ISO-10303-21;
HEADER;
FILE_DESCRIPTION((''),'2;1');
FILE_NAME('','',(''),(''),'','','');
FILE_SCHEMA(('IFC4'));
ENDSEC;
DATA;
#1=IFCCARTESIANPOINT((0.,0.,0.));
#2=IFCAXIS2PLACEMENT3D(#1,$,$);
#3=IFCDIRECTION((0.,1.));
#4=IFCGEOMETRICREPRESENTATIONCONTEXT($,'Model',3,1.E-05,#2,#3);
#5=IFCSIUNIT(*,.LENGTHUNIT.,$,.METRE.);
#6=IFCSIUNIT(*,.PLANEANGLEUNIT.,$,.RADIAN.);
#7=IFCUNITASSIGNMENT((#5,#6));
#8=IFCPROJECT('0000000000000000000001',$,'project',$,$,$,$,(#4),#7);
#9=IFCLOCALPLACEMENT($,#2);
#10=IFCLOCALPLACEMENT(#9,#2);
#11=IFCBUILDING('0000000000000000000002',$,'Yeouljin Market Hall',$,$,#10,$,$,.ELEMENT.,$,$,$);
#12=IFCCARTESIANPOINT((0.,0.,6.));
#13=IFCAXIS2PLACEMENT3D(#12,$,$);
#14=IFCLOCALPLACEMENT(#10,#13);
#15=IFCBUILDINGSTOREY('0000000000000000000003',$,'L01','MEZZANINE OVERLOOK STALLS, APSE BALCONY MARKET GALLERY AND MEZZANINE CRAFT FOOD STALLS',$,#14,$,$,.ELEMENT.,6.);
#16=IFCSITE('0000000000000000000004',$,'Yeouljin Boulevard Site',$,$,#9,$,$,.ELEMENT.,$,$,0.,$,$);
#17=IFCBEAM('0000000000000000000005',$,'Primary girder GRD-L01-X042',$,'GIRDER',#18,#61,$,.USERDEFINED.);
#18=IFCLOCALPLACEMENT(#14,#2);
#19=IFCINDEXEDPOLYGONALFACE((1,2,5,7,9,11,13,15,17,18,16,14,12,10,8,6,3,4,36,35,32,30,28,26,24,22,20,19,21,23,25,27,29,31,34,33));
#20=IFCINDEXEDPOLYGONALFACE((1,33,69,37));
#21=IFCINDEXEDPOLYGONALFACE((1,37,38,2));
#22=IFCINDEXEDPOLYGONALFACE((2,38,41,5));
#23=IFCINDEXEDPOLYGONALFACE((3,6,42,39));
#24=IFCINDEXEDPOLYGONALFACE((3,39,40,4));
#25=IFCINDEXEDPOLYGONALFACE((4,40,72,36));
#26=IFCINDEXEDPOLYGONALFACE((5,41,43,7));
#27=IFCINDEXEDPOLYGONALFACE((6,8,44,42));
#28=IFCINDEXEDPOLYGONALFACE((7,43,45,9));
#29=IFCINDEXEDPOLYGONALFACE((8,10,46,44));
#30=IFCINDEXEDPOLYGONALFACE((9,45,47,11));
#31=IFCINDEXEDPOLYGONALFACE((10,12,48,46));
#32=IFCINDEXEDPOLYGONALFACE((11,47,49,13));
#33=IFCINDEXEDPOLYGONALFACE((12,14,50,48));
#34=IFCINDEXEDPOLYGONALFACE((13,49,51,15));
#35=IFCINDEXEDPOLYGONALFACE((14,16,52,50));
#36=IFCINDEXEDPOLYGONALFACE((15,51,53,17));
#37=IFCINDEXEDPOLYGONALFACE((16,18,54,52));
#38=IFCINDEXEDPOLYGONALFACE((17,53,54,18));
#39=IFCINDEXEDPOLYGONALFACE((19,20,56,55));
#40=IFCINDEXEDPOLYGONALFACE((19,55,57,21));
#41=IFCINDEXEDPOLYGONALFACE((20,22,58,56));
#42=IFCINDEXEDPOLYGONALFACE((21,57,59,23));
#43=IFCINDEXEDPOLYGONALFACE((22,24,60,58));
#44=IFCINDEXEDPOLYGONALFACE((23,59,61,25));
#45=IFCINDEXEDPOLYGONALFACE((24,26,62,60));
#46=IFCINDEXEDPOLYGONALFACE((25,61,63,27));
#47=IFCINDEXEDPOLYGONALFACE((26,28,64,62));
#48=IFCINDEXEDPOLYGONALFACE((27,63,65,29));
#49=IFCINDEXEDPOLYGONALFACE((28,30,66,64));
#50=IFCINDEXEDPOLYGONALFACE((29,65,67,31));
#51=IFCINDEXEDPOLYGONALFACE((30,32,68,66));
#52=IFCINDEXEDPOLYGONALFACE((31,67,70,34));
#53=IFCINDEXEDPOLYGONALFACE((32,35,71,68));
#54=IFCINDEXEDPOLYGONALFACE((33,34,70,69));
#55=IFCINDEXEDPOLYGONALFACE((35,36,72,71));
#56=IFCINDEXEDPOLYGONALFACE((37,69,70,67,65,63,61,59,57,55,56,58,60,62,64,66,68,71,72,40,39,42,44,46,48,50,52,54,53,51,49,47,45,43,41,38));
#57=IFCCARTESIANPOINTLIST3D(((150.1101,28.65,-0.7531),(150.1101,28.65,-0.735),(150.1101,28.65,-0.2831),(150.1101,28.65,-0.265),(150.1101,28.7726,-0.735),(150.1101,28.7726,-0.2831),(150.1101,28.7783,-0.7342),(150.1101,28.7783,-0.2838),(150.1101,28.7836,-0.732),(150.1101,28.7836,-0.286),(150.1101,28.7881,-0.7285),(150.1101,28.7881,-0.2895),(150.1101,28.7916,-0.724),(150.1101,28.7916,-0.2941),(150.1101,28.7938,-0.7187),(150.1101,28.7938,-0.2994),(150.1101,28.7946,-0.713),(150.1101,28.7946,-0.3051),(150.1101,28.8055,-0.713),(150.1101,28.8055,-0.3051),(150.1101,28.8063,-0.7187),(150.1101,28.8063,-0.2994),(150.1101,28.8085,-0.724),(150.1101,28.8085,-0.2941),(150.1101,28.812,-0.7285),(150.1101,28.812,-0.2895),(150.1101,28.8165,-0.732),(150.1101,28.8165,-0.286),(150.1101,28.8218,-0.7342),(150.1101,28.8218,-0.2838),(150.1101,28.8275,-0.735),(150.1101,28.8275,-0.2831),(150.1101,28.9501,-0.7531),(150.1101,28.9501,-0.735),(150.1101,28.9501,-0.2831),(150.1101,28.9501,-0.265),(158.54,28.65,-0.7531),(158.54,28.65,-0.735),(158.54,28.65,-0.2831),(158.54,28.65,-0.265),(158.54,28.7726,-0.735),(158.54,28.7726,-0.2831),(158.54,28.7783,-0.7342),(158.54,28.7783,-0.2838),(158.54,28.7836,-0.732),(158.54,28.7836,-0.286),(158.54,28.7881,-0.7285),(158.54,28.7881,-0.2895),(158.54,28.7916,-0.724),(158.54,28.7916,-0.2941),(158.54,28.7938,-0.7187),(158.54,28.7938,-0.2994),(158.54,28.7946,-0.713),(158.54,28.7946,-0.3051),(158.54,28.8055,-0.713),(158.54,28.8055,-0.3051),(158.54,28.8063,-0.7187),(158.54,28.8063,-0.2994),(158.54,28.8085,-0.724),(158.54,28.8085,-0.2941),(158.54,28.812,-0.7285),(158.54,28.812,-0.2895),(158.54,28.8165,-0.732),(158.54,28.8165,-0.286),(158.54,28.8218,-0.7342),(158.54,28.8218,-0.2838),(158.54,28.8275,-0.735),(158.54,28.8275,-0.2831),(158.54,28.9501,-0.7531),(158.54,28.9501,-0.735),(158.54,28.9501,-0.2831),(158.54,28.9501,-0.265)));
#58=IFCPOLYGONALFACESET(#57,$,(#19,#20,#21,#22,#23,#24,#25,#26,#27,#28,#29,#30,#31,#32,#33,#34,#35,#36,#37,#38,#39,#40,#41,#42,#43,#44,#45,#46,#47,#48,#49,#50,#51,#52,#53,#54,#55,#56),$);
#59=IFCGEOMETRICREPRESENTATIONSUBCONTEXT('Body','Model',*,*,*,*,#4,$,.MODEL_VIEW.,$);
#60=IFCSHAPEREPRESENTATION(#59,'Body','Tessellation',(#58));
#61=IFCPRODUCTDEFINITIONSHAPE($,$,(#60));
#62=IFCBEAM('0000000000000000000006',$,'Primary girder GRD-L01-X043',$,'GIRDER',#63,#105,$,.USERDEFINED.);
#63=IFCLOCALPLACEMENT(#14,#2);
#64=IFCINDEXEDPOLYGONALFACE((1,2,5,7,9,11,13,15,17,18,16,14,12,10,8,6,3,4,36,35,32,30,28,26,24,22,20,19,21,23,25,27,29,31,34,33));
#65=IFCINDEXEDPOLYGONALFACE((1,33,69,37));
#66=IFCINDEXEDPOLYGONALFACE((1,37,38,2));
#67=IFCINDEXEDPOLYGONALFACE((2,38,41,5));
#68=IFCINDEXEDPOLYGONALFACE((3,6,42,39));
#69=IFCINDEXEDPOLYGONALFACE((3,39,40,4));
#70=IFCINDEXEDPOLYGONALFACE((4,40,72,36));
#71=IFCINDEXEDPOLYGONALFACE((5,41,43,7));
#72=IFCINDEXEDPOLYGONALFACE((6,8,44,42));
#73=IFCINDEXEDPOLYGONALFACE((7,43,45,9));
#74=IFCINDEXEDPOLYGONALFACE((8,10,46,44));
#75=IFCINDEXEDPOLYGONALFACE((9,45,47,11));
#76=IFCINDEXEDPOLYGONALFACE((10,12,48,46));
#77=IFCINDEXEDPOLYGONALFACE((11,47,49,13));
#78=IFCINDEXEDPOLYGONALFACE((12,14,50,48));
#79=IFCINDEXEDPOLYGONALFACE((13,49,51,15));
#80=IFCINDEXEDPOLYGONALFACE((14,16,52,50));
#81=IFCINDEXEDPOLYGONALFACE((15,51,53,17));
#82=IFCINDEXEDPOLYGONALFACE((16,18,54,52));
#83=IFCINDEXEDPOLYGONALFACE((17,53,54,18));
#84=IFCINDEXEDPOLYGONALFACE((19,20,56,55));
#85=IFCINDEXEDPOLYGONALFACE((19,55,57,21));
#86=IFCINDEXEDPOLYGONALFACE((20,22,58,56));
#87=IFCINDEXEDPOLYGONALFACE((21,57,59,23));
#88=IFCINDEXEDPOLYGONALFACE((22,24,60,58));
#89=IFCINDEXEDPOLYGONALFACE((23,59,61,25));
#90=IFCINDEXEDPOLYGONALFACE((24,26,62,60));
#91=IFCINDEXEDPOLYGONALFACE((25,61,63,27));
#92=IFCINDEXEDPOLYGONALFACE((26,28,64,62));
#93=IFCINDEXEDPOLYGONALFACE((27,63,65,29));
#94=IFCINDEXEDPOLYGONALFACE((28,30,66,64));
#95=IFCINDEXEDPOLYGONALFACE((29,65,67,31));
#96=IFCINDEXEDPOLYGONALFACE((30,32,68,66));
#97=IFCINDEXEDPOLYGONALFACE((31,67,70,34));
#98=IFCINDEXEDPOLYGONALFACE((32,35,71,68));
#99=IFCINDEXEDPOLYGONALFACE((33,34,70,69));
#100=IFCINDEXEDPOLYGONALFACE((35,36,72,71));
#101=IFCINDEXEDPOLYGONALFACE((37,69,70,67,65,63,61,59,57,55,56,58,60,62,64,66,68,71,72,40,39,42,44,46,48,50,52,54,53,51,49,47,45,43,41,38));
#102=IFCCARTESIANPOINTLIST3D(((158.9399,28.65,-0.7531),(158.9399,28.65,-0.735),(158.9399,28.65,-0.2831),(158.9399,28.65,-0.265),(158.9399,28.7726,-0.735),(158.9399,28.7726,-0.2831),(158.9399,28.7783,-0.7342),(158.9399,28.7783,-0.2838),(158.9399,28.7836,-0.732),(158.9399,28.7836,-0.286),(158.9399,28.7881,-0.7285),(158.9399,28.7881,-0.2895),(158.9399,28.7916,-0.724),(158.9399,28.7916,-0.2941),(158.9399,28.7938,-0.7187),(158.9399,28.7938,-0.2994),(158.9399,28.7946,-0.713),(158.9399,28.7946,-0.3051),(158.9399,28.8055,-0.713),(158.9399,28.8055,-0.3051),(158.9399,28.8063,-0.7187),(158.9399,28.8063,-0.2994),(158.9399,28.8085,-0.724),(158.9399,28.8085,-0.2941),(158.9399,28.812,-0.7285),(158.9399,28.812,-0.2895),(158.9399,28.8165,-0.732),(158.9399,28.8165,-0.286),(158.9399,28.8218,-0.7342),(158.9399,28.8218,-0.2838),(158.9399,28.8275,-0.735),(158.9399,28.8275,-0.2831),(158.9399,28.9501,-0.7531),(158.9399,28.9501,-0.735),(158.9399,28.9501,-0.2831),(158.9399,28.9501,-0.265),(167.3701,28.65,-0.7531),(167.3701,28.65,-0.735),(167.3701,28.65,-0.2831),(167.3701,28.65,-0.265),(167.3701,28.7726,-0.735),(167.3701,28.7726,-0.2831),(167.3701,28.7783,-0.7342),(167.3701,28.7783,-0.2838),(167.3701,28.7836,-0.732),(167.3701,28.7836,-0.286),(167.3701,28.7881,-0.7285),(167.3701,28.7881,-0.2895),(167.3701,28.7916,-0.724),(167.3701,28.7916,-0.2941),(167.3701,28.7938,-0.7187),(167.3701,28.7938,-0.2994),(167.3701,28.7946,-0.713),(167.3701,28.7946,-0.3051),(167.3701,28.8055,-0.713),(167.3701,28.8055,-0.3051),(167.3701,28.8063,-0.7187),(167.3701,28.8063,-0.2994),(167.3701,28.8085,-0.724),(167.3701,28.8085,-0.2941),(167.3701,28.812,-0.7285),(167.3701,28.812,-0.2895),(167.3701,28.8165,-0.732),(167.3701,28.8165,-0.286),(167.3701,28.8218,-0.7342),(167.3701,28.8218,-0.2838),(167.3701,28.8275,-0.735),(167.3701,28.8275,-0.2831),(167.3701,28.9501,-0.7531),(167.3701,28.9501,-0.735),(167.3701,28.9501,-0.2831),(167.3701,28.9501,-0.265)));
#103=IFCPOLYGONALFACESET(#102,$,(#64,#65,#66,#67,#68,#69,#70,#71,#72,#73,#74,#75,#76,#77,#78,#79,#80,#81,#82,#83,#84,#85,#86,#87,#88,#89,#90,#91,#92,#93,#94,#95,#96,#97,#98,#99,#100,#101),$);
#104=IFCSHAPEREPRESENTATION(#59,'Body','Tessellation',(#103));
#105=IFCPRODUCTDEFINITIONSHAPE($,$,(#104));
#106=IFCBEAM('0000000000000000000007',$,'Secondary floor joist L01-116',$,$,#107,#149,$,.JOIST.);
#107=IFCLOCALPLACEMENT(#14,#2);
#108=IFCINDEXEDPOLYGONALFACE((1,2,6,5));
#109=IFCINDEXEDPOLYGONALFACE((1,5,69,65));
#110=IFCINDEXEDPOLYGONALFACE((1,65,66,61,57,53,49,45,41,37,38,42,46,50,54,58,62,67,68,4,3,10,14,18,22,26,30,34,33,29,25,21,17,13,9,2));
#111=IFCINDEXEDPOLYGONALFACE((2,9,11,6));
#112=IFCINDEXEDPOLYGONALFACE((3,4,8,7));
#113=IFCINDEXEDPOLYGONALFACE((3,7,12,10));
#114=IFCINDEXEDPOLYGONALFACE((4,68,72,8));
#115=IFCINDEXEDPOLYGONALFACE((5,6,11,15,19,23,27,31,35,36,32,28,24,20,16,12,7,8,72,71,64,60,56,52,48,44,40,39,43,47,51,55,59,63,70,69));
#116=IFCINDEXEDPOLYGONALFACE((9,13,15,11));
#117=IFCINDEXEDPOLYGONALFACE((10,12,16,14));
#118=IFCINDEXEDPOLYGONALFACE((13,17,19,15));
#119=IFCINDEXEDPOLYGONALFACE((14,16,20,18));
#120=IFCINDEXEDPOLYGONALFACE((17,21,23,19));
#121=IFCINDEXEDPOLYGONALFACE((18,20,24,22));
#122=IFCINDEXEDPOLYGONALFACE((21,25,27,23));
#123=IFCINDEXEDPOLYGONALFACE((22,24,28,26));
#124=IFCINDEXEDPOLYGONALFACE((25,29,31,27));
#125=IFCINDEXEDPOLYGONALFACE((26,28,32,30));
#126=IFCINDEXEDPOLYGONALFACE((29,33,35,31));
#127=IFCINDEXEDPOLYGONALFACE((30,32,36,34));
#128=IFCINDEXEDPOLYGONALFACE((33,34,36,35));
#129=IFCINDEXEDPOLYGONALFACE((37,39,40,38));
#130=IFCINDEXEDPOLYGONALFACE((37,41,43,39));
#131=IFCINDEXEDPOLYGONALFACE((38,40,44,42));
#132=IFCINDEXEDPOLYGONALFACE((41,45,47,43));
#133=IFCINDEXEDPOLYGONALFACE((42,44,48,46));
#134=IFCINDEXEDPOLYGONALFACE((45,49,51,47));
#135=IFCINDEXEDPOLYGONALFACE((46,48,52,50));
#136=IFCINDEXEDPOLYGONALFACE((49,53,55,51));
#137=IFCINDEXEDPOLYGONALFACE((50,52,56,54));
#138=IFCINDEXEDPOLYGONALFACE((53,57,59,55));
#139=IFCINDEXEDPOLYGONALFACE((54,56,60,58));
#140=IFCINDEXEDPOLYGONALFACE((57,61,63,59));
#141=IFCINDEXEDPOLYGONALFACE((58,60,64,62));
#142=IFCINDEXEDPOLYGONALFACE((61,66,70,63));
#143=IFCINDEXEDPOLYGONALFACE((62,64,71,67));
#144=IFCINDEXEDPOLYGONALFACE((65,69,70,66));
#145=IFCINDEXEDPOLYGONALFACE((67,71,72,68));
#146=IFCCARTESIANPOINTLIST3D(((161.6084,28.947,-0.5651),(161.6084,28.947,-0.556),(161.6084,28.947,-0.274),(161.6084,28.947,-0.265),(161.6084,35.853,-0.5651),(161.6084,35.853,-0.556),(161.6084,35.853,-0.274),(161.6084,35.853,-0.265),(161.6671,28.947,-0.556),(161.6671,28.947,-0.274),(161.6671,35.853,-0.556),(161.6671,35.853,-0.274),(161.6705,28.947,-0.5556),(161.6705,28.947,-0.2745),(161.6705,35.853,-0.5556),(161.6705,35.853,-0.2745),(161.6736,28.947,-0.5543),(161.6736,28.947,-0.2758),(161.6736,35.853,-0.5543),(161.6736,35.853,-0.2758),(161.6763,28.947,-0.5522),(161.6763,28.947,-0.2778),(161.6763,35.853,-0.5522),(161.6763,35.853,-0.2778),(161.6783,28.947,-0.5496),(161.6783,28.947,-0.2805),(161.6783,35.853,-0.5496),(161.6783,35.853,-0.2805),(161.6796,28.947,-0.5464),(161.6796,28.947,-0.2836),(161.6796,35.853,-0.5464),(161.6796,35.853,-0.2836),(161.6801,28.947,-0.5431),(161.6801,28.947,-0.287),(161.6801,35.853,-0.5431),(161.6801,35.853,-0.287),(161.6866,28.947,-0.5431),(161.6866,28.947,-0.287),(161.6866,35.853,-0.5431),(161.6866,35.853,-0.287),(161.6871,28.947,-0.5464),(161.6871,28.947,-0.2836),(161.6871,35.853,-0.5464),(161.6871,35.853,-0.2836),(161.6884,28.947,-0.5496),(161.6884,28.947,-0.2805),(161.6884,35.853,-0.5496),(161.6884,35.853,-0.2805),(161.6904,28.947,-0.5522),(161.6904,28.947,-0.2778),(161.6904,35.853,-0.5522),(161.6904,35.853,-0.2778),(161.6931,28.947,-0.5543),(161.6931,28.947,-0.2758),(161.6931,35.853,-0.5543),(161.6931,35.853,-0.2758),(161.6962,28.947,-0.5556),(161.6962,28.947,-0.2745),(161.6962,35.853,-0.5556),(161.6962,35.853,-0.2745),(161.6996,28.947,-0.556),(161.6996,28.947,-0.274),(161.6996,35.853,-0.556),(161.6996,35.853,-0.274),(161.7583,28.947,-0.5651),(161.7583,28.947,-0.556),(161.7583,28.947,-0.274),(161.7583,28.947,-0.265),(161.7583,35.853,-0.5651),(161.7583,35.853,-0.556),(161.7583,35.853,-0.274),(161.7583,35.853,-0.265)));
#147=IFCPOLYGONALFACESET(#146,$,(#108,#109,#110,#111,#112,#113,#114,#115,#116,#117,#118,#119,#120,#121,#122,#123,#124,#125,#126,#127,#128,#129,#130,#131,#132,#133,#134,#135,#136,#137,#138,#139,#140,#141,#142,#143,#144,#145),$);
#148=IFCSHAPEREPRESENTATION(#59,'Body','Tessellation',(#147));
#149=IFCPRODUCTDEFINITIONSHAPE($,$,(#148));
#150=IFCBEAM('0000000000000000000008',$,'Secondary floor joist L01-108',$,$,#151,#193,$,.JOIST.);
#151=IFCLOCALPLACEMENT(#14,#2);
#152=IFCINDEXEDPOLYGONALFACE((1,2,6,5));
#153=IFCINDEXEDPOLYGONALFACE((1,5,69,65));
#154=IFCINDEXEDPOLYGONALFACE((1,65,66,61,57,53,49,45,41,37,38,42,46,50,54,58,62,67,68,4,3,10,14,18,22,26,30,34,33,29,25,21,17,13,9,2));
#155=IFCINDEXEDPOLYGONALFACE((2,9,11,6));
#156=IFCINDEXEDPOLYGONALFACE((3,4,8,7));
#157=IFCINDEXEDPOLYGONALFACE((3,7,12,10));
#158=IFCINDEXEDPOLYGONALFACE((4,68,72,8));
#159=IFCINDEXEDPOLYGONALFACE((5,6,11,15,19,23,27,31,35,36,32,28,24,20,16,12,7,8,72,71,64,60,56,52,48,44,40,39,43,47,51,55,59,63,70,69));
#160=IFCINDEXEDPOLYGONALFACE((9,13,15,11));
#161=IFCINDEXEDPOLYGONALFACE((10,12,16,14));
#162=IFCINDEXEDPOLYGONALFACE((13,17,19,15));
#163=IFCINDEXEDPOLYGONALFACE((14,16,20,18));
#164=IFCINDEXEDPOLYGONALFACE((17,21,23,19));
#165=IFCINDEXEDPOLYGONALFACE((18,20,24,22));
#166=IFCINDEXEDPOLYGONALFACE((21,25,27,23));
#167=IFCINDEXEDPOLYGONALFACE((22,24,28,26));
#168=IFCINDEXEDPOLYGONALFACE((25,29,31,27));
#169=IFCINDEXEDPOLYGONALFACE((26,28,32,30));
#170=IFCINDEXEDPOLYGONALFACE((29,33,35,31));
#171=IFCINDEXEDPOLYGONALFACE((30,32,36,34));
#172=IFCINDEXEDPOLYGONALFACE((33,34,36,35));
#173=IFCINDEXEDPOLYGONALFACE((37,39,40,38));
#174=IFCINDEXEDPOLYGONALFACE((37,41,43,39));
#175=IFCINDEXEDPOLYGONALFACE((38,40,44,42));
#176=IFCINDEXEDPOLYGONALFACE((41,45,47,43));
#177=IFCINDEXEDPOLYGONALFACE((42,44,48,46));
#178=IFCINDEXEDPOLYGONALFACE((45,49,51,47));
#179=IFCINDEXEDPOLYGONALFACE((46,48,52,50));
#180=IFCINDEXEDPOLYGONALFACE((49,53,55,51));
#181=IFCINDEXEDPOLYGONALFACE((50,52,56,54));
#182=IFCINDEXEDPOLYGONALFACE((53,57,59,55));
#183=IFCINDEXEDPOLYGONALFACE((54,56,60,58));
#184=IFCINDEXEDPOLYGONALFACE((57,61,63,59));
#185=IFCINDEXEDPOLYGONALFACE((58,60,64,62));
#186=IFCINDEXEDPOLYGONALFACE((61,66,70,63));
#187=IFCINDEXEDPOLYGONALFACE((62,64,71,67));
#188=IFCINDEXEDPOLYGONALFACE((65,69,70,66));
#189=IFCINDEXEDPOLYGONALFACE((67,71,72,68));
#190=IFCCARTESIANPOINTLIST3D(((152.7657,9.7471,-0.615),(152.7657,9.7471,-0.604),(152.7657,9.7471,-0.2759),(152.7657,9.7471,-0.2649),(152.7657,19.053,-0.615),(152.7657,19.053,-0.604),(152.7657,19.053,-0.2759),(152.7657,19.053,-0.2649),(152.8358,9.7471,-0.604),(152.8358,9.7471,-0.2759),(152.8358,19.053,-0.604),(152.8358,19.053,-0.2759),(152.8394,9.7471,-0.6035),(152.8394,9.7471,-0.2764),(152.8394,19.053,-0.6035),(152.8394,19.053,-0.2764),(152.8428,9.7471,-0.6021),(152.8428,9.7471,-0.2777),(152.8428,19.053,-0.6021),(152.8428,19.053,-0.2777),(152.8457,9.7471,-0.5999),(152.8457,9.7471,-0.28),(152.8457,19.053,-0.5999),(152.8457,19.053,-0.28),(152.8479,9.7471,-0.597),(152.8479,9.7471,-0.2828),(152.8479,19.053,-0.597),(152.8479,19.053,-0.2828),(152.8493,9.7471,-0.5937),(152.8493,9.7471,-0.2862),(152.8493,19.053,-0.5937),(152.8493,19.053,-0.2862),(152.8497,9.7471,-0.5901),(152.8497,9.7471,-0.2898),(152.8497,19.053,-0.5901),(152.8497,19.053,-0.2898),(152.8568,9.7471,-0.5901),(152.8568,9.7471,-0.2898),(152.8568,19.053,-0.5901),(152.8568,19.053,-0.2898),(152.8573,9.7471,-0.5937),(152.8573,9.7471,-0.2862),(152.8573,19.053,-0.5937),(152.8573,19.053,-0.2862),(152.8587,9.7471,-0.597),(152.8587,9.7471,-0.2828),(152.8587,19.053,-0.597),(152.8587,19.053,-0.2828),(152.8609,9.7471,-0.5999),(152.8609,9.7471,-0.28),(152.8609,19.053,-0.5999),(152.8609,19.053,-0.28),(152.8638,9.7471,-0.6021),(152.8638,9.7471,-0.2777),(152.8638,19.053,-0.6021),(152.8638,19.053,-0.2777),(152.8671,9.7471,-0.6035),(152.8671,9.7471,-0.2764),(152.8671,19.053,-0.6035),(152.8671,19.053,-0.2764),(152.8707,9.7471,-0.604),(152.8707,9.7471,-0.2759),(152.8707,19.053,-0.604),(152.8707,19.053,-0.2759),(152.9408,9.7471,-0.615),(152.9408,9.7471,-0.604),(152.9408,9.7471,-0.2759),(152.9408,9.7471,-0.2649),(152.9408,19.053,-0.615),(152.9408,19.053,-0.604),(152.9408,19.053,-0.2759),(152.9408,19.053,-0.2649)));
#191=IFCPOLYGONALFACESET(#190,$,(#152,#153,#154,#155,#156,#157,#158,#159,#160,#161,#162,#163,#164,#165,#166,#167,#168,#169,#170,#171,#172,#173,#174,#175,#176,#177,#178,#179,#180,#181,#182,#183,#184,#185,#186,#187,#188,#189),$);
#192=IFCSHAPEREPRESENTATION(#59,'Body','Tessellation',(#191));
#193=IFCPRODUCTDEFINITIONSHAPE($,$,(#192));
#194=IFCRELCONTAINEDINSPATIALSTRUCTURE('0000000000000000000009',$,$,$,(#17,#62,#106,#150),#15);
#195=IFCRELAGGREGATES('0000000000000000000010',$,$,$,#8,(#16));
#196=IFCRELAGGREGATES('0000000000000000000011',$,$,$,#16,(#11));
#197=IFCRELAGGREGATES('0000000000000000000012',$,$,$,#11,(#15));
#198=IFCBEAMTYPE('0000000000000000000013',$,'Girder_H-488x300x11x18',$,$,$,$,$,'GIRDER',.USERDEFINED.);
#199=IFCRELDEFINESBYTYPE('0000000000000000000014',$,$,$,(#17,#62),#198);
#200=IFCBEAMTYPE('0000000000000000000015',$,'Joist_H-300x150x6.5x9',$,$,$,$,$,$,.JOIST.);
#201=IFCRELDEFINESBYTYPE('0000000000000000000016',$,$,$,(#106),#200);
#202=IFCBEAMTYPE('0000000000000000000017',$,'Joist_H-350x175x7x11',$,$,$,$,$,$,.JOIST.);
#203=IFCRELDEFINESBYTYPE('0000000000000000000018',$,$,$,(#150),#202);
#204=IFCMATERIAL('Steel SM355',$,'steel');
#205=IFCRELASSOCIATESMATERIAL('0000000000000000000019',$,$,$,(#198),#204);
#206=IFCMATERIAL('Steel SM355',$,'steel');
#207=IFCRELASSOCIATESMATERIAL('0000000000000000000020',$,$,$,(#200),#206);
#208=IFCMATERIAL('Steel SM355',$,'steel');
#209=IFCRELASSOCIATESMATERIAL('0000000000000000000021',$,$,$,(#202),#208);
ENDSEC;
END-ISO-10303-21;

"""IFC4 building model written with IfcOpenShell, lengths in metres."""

from ifc_helpers import new_model, si_unit, direction, frame, origin, origin_2d, place, context, subcontext, project, spatial, i_section, extrude, material, material_profile, profile_set, type_object, element, save


model = new_model("IFC4")

# Units and contexts
model_context = context("Model", 3, precision=1e-05, world=origin(), true_north=direction((0.0, 1.0)))
body_context = subcontext(model_context, "Body", "Model", "MODEL_VIEW")
ifc_project = project(units=[si_unit("LENGTHUNIT", "METRE"), si_unit("PLANEANGLEUNIT", "RADIAN")], contexts=[model_context])

# Site, building, storey
site_placement = place(None, origin())
site = spatial("IfcSite", under=ifc_project, at=site_placement, Name="Yeouljin Boulevard Site", CompositionType="ELEMENT", RefElevation=0.0)
building_placement = place(site_placement, origin())
building = spatial("IfcBuilding", under=site, at=building_placement, Name="Yeouljin Market Hall", CompositionType="ELEMENT")
storey_placement = place(building_placement, frame((0.0, 0.0, 6.0)))
storey = spatial("IfcBuildingStorey", under=building, at=storey_placement, Name="L01", Description="MEZZANINE OVERLOOK STALLS, APSE BALCONY MARKET GALLERY AND MEZZANINE CRAFT FOOD STALLS", CompositionType="ELEMENT", Elevation=6.0)

# Beams
ifc_material_1 = material(Name="Steel SM355", Category="steel")
ifc_material_profile_1 = material_profile(ifc_material_1, i_section(OverallWidth=0.3, OverallDepth=0.488, WebThickness=0.011, FlangeThickness=0.0181, FilletRadius=0.022, at=origin_2d()), Name="H-488x300x11x18")
ifc_profile_set_1 = profile_set([ifc_material_profile_1], Name="Steel SM355")
beam_type_1 = type_object("IfcBeamType", Name="Girder_H-488x300x11x18", ElementType="GIRDER", PredefinedType="USERDEFINED", material=ifc_profile_set_1)
beam_1_placement = place(storey_placement, frame((150.1101, 28.8, -0.509), z_axis=(1.0, 0.0, 0.0), x_axis=(0.0, 1.0, 0.0)))
element("IfcBeam", 1, at=beam_1_placement, inside=storey, type_object=beam_type_1, Name="Primary girder GRD-L01-X042", ObjectType="GIRDER", PredefinedType="USERDEFINED", context=body_context, shape_type="SweptSolid", body=[
    extrude(i_section(OverallWidth=0.3, OverallDepth=0.488, WebThickness=0.011, FlangeThickness=0.0181, FilletRadius=0.022, at=origin_2d()), origin(), (0.0, 0.0, 1.0), 8.4299),
])
beam_2_placement = place(storey_placement, frame((158.9399, 28.8, -0.509), z_axis=(1.0, 0.0, 0.0), x_axis=(0.0, 1.0, 0.0)))
element("IfcBeam", 2, at=beam_2_placement, inside=storey, type_object=beam_type_1, Name="Primary girder GRD-L01-X043", ObjectType="GIRDER", PredefinedType="USERDEFINED", context=body_context, shape_type="SweptSolid", body=[
    extrude(i_section(OverallWidth=0.3, OverallDepth=0.488, WebThickness=0.011, FlangeThickness=0.0181, FilletRadius=0.022, at=origin_2d()), origin(), (0.0, 0.0, 1.0), 8.4302),
])
ifc_material_2 = material(Name="Steel SM355", Category="steel")
ifc_material_profile_2 = material_profile(ifc_material_2, i_section(OverallWidth=0.1499, OverallDepth=0.3, WebThickness=0.0066, FlangeThickness=0.009, FilletRadius=0.0129, at=origin_2d()), Name="H-300x150x6.5x9")
ifc_profile_set_2 = profile_set([ifc_material_profile_2], Name="Steel SM355")
beam_type_2 = type_object("IfcBeamType", Name="Joist_H-300x150x6.5x9", PredefinedType="JOIST", material=ifc_profile_set_2)
beam_3_placement = place(storey_placement, frame((161.6833, 28.947, -0.415), z_axis=(0.0, 1.0, 0.0), x_axis=(-1.0, 0.0, 0.0)))
element("IfcBeam", 3, at=beam_3_placement, inside=storey, type_object=beam_type_2, Name="Secondary floor joist L01-116", PredefinedType="JOIST", context=body_context, shape_type="SweptSolid", body=[
    extrude(i_section(OverallWidth=0.1499, OverallDepth=0.3, WebThickness=0.0066, FlangeThickness=0.009, FilletRadius=0.0129, at=origin_2d()), origin(), (0.0, 0.0, 1.0), 6.906),
])
ifc_material_3 = material(Name="Steel SM355", Category="steel")
ifc_material_profile_3 = material_profile(ifc_material_3, i_section(OverallWidth=0.175, OverallDepth=0.3501, WebThickness=0.0071, FlangeThickness=0.011, FilletRadius=0.0139, at=origin_2d()), Name="H-350x175x7x11")
ifc_profile_set_3 = profile_set([ifc_material_profile_3], Name="Steel SM355")
beam_type_3 = type_object("IfcBeamType", Name="Joist_H-350x175x7x11", PredefinedType="JOIST", material=ifc_profile_set_3)
for number, where, z_axis, x_axis, name in (
    (4, (152.8533, 9.7471, -0.4399), (0.0, 1.0, 0.0), (-1.0, 0.0, 0.0), "Secondary floor joist L01-108"),
):
    element("IfcBeam", number, at=place(storey_placement, frame(where, z_axis=z_axis, x_axis=x_axis)), inside=storey, type_object=beam_type_3, Name=name, PredefinedType="JOIST", context=body_context, shape_type="SweptSolid", body=[
        extrude(i_section(OverallWidth=0.175, OverallDepth=0.3501, WebThickness=0.0071, FlangeThickness=0.011, FilletRadius=0.0139, at=origin_2d()), origin(), (0.0, 0.0, 1.0), 9.3059),
    ])

save(model, "model.ifc")
